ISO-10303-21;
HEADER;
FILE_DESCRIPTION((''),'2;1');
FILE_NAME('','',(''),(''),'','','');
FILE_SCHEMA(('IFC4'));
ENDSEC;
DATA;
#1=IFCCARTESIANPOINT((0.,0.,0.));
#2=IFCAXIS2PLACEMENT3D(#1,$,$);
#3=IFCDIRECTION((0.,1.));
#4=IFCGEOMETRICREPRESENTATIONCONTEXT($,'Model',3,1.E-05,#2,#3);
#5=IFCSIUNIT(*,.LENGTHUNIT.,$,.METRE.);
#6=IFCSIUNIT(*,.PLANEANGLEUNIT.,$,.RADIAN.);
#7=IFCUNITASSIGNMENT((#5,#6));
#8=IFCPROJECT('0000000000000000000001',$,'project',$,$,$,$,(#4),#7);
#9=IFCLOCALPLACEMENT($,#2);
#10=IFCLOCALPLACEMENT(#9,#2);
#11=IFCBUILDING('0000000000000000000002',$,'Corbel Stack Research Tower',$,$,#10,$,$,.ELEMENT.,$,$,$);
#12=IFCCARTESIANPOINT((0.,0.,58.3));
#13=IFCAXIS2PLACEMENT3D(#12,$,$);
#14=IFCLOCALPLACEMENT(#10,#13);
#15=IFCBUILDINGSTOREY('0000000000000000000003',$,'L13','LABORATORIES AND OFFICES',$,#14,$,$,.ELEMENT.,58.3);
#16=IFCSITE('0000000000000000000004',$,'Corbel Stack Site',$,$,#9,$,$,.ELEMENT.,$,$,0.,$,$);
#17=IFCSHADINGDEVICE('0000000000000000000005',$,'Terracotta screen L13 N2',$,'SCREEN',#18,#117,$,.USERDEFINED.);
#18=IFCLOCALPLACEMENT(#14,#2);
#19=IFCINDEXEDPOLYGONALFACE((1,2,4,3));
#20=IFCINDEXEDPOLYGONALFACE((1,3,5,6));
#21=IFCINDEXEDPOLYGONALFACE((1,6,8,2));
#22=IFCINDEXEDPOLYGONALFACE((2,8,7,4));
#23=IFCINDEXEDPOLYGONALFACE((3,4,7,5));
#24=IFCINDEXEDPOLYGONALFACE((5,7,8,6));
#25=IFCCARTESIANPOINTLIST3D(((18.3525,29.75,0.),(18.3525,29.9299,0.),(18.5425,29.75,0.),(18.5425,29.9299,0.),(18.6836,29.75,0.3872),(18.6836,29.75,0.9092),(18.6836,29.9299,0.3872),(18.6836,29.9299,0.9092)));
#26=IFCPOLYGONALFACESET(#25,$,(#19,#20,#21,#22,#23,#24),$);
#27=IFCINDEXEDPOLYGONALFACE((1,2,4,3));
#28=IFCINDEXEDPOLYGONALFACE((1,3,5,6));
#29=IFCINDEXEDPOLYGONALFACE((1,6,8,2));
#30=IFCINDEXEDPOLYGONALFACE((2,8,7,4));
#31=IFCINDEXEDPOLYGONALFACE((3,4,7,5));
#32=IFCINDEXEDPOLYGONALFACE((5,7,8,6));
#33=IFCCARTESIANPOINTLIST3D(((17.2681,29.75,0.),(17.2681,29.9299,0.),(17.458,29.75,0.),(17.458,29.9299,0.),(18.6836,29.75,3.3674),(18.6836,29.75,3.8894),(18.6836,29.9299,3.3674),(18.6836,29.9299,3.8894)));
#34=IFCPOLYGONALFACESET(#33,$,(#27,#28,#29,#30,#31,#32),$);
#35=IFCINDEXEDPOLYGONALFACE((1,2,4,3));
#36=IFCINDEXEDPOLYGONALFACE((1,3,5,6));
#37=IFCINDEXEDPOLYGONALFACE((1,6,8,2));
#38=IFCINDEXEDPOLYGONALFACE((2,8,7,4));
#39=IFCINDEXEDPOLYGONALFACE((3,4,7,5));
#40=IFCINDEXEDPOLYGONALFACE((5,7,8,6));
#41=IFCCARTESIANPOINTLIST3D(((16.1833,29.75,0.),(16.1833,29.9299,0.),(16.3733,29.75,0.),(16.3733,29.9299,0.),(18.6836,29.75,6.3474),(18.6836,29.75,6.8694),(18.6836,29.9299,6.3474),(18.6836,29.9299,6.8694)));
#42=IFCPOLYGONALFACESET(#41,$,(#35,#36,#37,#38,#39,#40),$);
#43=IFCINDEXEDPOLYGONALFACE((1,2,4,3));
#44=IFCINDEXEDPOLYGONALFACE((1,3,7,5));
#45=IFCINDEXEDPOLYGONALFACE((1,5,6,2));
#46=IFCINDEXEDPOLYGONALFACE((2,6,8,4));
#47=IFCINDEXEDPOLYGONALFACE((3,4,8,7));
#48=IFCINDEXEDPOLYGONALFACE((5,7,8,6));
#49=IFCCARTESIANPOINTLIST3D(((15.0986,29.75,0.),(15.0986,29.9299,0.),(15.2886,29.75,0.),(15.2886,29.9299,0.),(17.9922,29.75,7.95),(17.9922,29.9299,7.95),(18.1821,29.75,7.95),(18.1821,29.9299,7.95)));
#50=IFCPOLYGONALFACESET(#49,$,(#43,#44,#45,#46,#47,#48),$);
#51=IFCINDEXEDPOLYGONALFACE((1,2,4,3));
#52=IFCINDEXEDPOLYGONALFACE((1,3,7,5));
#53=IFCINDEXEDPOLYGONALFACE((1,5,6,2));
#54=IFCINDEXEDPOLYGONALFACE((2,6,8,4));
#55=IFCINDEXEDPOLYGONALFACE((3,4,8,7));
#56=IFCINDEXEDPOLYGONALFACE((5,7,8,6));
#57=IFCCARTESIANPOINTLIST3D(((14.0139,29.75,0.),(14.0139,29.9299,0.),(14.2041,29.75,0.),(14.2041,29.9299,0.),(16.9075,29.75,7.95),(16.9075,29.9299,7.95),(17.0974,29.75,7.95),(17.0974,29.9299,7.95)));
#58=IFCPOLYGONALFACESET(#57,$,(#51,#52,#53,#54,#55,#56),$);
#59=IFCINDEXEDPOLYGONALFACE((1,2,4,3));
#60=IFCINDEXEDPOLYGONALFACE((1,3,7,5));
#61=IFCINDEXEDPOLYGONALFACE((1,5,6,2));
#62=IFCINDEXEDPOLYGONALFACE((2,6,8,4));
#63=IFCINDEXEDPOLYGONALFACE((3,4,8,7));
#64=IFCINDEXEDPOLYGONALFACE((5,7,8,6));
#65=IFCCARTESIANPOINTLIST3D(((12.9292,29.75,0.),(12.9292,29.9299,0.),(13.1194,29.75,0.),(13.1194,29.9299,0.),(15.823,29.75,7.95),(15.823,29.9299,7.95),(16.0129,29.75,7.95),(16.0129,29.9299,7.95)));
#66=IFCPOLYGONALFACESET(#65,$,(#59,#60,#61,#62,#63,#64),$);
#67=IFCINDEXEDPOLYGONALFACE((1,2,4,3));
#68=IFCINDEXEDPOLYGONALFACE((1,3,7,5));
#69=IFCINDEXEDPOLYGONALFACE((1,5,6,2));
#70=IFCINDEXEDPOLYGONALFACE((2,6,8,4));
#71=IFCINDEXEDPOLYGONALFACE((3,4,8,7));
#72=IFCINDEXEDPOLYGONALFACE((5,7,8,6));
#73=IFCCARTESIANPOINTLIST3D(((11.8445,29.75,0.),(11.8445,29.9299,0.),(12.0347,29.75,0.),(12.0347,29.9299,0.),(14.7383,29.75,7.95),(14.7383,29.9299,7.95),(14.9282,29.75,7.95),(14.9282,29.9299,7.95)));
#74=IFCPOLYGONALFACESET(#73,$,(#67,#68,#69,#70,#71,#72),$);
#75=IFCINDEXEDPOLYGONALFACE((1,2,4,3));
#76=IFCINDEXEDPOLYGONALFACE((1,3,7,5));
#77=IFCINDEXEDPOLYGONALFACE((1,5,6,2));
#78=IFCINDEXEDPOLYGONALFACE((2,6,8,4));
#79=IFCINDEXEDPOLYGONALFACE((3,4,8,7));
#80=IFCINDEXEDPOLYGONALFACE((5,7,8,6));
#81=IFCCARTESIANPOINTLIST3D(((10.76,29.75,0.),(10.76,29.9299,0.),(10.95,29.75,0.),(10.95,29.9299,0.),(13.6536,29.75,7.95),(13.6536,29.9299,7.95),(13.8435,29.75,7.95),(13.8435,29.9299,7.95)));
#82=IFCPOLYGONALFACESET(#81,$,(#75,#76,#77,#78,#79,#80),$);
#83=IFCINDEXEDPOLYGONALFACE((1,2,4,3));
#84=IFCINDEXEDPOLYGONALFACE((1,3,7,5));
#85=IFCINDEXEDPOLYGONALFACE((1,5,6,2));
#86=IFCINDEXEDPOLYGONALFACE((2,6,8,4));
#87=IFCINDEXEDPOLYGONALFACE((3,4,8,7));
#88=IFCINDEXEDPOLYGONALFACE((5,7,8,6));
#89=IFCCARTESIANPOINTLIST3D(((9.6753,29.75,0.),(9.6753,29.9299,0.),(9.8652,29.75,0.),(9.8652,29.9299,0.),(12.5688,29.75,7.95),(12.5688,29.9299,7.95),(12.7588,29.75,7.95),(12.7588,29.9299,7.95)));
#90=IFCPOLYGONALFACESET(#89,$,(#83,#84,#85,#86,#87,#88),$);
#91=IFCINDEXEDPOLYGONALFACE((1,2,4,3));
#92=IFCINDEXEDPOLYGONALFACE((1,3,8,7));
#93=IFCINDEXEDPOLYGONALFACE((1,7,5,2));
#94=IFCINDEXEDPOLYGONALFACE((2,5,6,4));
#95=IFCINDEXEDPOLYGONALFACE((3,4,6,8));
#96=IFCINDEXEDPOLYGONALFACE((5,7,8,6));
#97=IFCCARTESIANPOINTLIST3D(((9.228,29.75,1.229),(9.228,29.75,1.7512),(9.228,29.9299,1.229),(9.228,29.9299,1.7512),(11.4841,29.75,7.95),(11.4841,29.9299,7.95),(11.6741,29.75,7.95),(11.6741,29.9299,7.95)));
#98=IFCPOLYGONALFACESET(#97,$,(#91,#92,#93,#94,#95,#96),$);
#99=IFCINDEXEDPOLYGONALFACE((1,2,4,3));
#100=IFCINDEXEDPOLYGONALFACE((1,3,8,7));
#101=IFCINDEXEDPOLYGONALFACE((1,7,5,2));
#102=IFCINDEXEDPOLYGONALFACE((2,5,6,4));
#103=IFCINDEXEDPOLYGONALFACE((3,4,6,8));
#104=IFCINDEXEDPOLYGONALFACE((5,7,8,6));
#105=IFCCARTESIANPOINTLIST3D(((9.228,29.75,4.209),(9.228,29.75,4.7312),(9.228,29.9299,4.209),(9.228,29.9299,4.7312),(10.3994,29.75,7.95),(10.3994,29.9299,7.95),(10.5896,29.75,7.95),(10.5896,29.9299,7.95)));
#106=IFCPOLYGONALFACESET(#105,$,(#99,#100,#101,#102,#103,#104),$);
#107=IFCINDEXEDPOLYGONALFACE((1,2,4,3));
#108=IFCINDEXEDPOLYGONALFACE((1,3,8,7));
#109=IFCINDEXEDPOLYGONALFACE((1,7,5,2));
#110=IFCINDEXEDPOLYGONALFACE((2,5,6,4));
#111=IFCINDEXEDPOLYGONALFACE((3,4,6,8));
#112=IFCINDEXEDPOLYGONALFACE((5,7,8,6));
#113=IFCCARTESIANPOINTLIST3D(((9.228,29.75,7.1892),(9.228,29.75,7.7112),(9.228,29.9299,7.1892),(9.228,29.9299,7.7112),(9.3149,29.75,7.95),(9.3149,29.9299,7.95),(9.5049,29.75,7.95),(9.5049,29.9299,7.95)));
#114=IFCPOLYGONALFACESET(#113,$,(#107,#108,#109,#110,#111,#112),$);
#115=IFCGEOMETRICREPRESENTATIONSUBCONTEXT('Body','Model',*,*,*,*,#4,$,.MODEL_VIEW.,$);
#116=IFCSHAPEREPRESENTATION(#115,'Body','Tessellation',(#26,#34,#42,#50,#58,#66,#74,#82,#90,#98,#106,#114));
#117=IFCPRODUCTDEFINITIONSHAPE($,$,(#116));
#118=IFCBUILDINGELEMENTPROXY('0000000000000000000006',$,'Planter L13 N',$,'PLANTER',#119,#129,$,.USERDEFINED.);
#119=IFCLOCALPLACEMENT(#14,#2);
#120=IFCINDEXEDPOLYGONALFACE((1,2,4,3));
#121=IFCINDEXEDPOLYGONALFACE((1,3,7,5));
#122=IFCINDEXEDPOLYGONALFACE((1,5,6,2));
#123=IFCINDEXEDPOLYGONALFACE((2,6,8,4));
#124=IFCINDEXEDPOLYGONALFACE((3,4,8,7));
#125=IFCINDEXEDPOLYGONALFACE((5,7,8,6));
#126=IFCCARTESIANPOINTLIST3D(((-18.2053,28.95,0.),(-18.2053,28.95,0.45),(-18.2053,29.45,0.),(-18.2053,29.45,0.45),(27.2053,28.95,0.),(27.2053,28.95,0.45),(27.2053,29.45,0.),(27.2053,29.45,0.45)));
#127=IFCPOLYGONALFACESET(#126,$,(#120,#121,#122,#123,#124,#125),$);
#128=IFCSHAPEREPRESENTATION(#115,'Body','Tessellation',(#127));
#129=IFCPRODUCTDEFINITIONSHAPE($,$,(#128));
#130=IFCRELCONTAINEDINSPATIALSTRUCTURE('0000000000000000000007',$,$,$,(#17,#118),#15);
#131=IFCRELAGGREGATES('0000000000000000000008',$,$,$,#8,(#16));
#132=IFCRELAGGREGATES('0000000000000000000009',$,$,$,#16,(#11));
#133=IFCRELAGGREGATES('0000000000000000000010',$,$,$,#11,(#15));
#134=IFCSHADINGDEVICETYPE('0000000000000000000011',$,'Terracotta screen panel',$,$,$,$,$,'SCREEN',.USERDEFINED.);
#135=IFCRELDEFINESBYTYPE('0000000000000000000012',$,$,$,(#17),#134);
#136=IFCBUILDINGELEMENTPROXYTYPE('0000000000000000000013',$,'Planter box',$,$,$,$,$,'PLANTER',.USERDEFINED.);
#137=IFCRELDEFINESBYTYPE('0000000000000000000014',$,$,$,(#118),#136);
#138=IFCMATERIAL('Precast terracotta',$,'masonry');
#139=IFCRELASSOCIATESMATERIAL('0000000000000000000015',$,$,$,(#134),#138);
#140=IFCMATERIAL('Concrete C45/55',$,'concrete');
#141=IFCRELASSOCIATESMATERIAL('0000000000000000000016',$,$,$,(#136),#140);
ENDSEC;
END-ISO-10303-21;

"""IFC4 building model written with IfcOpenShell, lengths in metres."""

from ifc_helpers import new_model, si_unit, direction, frame, origin, origin_2d, place, context, subcontext, project, spatial, polyline, rectangle, outline, extrude, source, transform, mapped, material, type_object, element, save


model = new_model("IFC4")

# Units and contexts
model_context = context("Model", 3, precision=1e-05, world=origin(), true_north=direction((0.0, 1.0)))
body_context = subcontext(model_context, "Body", "Model", "MODEL_VIEW")
ifc_project = project(units=[si_unit("LENGTHUNIT", "METRE"), si_unit("PLANEANGLEUNIT", "RADIAN")], contexts=[model_context])

# Site, building, storey
site_placement = place(None, origin())
site = spatial("IfcSite", under=ifc_project, at=site_placement, Name="Corbel Stack Site", CompositionType="ELEMENT", RefElevation=0.0)
building_placement = place(site_placement, origin())
building = spatial("IfcBuilding", under=site, at=building_placement, Name="Corbel Stack Research Tower", CompositionType="ELEMENT")
storey_placement = place(building_placement, frame((0.0, 0.0, 58.3)))
storey = spatial("IfcBuildingStorey", under=building, at=storey_placement, Name="L13", Description="LABORATORIES AND OFFICES", CompositionType="ELEMENT", Elevation=58.3)

# Shading device
ifc_material_1 = material(Name="Precast terracotta", Category="masonry")
shading_device_type = type_object("IfcShadingDeviceType", Name="Terracotta screen panel", ElementType="SCREEN", PredefinedType="USERDEFINED", material=ifc_material_1)
shared_shape_1 = source(origin(), body_context, "Body", "SweptSolid", [
    extrude(outline(polyline([(0.3311, 0.0), (0.0, 0.9092), (0.0, 0.3872), (0.1411, 0.0), (0.3311, 0.0)])), frame((0.0, 0.0, 0.0), z_axis=(0.0, -1.0, 0.0), x_axis=(1.0, 0.0, 0.0)), (0.0, 0.0, 1.0), 0.1799),
    extrude(outline(polyline([(1.4155, 0.0), (0.0, 3.8894), (0.0, 3.3674), (1.2256, 0.0), (1.4155, 0.0)])), frame((0.0, 0.0, 0.0), z_axis=(0.0, -1.0, 0.0), x_axis=(1.0, 0.0, 0.0)), (0.0, 0.0, 1.0), 0.1799),
    extrude(outline(polyline([(2.5002, 0.0), (0.0, 6.8694), (0.0, 6.3474), (2.3103, 0.0), (2.5002, 0.0)])), frame((0.0, 0.0, 0.0), z_axis=(0.0, -1.0, 0.0), x_axis=(1.0, 0.0, 0.0)), (0.0, 0.0, 1.0), 0.1799),
    extrude(outline(polyline([(3.585, 0.0), (0.6914, 7.95), (0.5015, 7.95), (3.395, 0.0), (3.585, 0.0)])), frame((0.0, 0.0, 0.0), z_axis=(0.0, -1.0, 0.0), x_axis=(1.0, 0.0, 0.0)), (0.0, 0.0, 1.0), 0.1799),
    extrude(outline(polyline([(4.6697, 0.0), (1.7761, 7.95), (1.5862, 7.95), (4.4795, 0.0), (4.6697, 0.0)])), frame((0.0, 0.0, 0.0), z_axis=(0.0, -1.0, 0.0), x_axis=(1.0, 0.0, 0.0)), (0.0, 0.0, 1.0), 0.1799),
    extrude(outline(polyline([(5.7544, 0.0), (2.8606, 7.95), (2.6707, 7.95), (5.5642, 0.0), (5.7544, 0.0)])), frame((0.0, 0.0, 0.0), z_axis=(0.0, -1.0, 0.0), x_axis=(1.0, 0.0, 0.0)), (0.0, 0.0, 1.0), 0.1799),
    extrude(outline(polyline([(6.8391, 0.0), (3.9453, 7.95), (3.7554, 7.95), (6.6489, 0.0), (6.8391, 0.0)])), frame((0.0, 0.0, 0.0), z_axis=(0.0, -1.0, 0.0), x_axis=(1.0, 0.0, 0.0)), (0.0, 0.0, 1.0), 0.1799),
    extrude(outline(polyline([(7.9236, 0.0), (5.03, 7.95), (4.8401, 7.95), (7.7336, 0.0), (7.9236, 0.0)])), frame((0.0, 0.0, 0.0), z_axis=(0.0, -1.0, 0.0), x_axis=(1.0, 0.0, 0.0)), (0.0, 0.0, 1.0), 0.1799),
    extrude(outline(polyline([(9.0083, 0.0), (6.1147, 7.95), (5.9248, 7.95), (8.8184, 0.0), (9.0083, 0.0)])), frame((0.0, 0.0, 0.0), z_axis=(0.0, -1.0, 0.0), x_axis=(1.0, 0.0, 0.0)), (0.0, 0.0, 1.0), 0.1799),
    extrude(outline(polyline([(7.1995, 7.95), (7.0095, 7.95), (9.4556, 1.229), (9.4556, 1.7512), (7.1995, 7.95)])), frame((0.0, 0.0, 0.0), z_axis=(0.0, -1.0, 0.0), x_axis=(1.0, 0.0, 0.0)), (0.0, 0.0, 1.0), 0.1799),
    extrude(outline(polyline([(8.2842, 7.95), (8.094, 7.95), (9.4556, 4.209), (9.4556, 4.7312), (8.2842, 7.95)])), frame((0.0, 0.0, 0.0), z_axis=(0.0, -1.0, 0.0), x_axis=(1.0, 0.0, 0.0)), (0.0, 0.0, 1.0), 0.1799),
    extrude(outline(polyline([(9.3687, 7.95), (9.1787, 7.95), (9.4556, 7.1892), (9.4556, 7.7112), (9.3687, 7.95)])), frame((0.0, 0.0, 0.0), z_axis=(0.0, -1.0, 0.0), x_axis=(1.0, 0.0, 0.0)), (0.0, 0.0, 1.0), 0.1799),
])
shading_device_1_placement = place(storey_placement, frame((18.6836, 29.75, 0.0), z_axis=(0.0, 0.0, 1.0), x_axis=(-1.0, 0.0, 0.0)))
element("IfcShadingDevice", 1, at=shading_device_1_placement, inside=storey, type_object=shading_device_type, Name="Terracotta screen L13 N2", ObjectType="SCREEN", PredefinedType="USERDEFINED", context=body_context, shape_type="MappedRepresentation", body=[
    mapped(shared_shape_1, transform((0.0, 0.0, 0.0))),
])

# Building element proxy
ifc_material_2 = material(Name="Concrete C45/55", Category="concrete")
building_element_proxy_type = type_object("IfcBuildingElementProxyType", Name="Planter box", ElementType="PLANTER", PredefinedType="USERDEFINED", material=ifc_material_2)
proxy_placement = place(storey_placement, frame((4.5, 29.2, 0.0), z_axis=(0.0, 0.0, 1.0), x_axis=(-1.0, 0.0, 0.0)))
element("IfcBuildingElementProxy", 2, at=proxy_placement, inside=storey, type_object=building_element_proxy_type, Name="Planter L13 N", ObjectType="PLANTER", PredefinedType="USERDEFINED", context=body_context, shape_type="SweptSolid", body=[
    extrude(rectangle(XDim=45.4106, YDim=0.5, at=origin_2d()), origin(), (0.0, 0.0, 1.0), 0.45),
])

save(model, "model.ifc")
